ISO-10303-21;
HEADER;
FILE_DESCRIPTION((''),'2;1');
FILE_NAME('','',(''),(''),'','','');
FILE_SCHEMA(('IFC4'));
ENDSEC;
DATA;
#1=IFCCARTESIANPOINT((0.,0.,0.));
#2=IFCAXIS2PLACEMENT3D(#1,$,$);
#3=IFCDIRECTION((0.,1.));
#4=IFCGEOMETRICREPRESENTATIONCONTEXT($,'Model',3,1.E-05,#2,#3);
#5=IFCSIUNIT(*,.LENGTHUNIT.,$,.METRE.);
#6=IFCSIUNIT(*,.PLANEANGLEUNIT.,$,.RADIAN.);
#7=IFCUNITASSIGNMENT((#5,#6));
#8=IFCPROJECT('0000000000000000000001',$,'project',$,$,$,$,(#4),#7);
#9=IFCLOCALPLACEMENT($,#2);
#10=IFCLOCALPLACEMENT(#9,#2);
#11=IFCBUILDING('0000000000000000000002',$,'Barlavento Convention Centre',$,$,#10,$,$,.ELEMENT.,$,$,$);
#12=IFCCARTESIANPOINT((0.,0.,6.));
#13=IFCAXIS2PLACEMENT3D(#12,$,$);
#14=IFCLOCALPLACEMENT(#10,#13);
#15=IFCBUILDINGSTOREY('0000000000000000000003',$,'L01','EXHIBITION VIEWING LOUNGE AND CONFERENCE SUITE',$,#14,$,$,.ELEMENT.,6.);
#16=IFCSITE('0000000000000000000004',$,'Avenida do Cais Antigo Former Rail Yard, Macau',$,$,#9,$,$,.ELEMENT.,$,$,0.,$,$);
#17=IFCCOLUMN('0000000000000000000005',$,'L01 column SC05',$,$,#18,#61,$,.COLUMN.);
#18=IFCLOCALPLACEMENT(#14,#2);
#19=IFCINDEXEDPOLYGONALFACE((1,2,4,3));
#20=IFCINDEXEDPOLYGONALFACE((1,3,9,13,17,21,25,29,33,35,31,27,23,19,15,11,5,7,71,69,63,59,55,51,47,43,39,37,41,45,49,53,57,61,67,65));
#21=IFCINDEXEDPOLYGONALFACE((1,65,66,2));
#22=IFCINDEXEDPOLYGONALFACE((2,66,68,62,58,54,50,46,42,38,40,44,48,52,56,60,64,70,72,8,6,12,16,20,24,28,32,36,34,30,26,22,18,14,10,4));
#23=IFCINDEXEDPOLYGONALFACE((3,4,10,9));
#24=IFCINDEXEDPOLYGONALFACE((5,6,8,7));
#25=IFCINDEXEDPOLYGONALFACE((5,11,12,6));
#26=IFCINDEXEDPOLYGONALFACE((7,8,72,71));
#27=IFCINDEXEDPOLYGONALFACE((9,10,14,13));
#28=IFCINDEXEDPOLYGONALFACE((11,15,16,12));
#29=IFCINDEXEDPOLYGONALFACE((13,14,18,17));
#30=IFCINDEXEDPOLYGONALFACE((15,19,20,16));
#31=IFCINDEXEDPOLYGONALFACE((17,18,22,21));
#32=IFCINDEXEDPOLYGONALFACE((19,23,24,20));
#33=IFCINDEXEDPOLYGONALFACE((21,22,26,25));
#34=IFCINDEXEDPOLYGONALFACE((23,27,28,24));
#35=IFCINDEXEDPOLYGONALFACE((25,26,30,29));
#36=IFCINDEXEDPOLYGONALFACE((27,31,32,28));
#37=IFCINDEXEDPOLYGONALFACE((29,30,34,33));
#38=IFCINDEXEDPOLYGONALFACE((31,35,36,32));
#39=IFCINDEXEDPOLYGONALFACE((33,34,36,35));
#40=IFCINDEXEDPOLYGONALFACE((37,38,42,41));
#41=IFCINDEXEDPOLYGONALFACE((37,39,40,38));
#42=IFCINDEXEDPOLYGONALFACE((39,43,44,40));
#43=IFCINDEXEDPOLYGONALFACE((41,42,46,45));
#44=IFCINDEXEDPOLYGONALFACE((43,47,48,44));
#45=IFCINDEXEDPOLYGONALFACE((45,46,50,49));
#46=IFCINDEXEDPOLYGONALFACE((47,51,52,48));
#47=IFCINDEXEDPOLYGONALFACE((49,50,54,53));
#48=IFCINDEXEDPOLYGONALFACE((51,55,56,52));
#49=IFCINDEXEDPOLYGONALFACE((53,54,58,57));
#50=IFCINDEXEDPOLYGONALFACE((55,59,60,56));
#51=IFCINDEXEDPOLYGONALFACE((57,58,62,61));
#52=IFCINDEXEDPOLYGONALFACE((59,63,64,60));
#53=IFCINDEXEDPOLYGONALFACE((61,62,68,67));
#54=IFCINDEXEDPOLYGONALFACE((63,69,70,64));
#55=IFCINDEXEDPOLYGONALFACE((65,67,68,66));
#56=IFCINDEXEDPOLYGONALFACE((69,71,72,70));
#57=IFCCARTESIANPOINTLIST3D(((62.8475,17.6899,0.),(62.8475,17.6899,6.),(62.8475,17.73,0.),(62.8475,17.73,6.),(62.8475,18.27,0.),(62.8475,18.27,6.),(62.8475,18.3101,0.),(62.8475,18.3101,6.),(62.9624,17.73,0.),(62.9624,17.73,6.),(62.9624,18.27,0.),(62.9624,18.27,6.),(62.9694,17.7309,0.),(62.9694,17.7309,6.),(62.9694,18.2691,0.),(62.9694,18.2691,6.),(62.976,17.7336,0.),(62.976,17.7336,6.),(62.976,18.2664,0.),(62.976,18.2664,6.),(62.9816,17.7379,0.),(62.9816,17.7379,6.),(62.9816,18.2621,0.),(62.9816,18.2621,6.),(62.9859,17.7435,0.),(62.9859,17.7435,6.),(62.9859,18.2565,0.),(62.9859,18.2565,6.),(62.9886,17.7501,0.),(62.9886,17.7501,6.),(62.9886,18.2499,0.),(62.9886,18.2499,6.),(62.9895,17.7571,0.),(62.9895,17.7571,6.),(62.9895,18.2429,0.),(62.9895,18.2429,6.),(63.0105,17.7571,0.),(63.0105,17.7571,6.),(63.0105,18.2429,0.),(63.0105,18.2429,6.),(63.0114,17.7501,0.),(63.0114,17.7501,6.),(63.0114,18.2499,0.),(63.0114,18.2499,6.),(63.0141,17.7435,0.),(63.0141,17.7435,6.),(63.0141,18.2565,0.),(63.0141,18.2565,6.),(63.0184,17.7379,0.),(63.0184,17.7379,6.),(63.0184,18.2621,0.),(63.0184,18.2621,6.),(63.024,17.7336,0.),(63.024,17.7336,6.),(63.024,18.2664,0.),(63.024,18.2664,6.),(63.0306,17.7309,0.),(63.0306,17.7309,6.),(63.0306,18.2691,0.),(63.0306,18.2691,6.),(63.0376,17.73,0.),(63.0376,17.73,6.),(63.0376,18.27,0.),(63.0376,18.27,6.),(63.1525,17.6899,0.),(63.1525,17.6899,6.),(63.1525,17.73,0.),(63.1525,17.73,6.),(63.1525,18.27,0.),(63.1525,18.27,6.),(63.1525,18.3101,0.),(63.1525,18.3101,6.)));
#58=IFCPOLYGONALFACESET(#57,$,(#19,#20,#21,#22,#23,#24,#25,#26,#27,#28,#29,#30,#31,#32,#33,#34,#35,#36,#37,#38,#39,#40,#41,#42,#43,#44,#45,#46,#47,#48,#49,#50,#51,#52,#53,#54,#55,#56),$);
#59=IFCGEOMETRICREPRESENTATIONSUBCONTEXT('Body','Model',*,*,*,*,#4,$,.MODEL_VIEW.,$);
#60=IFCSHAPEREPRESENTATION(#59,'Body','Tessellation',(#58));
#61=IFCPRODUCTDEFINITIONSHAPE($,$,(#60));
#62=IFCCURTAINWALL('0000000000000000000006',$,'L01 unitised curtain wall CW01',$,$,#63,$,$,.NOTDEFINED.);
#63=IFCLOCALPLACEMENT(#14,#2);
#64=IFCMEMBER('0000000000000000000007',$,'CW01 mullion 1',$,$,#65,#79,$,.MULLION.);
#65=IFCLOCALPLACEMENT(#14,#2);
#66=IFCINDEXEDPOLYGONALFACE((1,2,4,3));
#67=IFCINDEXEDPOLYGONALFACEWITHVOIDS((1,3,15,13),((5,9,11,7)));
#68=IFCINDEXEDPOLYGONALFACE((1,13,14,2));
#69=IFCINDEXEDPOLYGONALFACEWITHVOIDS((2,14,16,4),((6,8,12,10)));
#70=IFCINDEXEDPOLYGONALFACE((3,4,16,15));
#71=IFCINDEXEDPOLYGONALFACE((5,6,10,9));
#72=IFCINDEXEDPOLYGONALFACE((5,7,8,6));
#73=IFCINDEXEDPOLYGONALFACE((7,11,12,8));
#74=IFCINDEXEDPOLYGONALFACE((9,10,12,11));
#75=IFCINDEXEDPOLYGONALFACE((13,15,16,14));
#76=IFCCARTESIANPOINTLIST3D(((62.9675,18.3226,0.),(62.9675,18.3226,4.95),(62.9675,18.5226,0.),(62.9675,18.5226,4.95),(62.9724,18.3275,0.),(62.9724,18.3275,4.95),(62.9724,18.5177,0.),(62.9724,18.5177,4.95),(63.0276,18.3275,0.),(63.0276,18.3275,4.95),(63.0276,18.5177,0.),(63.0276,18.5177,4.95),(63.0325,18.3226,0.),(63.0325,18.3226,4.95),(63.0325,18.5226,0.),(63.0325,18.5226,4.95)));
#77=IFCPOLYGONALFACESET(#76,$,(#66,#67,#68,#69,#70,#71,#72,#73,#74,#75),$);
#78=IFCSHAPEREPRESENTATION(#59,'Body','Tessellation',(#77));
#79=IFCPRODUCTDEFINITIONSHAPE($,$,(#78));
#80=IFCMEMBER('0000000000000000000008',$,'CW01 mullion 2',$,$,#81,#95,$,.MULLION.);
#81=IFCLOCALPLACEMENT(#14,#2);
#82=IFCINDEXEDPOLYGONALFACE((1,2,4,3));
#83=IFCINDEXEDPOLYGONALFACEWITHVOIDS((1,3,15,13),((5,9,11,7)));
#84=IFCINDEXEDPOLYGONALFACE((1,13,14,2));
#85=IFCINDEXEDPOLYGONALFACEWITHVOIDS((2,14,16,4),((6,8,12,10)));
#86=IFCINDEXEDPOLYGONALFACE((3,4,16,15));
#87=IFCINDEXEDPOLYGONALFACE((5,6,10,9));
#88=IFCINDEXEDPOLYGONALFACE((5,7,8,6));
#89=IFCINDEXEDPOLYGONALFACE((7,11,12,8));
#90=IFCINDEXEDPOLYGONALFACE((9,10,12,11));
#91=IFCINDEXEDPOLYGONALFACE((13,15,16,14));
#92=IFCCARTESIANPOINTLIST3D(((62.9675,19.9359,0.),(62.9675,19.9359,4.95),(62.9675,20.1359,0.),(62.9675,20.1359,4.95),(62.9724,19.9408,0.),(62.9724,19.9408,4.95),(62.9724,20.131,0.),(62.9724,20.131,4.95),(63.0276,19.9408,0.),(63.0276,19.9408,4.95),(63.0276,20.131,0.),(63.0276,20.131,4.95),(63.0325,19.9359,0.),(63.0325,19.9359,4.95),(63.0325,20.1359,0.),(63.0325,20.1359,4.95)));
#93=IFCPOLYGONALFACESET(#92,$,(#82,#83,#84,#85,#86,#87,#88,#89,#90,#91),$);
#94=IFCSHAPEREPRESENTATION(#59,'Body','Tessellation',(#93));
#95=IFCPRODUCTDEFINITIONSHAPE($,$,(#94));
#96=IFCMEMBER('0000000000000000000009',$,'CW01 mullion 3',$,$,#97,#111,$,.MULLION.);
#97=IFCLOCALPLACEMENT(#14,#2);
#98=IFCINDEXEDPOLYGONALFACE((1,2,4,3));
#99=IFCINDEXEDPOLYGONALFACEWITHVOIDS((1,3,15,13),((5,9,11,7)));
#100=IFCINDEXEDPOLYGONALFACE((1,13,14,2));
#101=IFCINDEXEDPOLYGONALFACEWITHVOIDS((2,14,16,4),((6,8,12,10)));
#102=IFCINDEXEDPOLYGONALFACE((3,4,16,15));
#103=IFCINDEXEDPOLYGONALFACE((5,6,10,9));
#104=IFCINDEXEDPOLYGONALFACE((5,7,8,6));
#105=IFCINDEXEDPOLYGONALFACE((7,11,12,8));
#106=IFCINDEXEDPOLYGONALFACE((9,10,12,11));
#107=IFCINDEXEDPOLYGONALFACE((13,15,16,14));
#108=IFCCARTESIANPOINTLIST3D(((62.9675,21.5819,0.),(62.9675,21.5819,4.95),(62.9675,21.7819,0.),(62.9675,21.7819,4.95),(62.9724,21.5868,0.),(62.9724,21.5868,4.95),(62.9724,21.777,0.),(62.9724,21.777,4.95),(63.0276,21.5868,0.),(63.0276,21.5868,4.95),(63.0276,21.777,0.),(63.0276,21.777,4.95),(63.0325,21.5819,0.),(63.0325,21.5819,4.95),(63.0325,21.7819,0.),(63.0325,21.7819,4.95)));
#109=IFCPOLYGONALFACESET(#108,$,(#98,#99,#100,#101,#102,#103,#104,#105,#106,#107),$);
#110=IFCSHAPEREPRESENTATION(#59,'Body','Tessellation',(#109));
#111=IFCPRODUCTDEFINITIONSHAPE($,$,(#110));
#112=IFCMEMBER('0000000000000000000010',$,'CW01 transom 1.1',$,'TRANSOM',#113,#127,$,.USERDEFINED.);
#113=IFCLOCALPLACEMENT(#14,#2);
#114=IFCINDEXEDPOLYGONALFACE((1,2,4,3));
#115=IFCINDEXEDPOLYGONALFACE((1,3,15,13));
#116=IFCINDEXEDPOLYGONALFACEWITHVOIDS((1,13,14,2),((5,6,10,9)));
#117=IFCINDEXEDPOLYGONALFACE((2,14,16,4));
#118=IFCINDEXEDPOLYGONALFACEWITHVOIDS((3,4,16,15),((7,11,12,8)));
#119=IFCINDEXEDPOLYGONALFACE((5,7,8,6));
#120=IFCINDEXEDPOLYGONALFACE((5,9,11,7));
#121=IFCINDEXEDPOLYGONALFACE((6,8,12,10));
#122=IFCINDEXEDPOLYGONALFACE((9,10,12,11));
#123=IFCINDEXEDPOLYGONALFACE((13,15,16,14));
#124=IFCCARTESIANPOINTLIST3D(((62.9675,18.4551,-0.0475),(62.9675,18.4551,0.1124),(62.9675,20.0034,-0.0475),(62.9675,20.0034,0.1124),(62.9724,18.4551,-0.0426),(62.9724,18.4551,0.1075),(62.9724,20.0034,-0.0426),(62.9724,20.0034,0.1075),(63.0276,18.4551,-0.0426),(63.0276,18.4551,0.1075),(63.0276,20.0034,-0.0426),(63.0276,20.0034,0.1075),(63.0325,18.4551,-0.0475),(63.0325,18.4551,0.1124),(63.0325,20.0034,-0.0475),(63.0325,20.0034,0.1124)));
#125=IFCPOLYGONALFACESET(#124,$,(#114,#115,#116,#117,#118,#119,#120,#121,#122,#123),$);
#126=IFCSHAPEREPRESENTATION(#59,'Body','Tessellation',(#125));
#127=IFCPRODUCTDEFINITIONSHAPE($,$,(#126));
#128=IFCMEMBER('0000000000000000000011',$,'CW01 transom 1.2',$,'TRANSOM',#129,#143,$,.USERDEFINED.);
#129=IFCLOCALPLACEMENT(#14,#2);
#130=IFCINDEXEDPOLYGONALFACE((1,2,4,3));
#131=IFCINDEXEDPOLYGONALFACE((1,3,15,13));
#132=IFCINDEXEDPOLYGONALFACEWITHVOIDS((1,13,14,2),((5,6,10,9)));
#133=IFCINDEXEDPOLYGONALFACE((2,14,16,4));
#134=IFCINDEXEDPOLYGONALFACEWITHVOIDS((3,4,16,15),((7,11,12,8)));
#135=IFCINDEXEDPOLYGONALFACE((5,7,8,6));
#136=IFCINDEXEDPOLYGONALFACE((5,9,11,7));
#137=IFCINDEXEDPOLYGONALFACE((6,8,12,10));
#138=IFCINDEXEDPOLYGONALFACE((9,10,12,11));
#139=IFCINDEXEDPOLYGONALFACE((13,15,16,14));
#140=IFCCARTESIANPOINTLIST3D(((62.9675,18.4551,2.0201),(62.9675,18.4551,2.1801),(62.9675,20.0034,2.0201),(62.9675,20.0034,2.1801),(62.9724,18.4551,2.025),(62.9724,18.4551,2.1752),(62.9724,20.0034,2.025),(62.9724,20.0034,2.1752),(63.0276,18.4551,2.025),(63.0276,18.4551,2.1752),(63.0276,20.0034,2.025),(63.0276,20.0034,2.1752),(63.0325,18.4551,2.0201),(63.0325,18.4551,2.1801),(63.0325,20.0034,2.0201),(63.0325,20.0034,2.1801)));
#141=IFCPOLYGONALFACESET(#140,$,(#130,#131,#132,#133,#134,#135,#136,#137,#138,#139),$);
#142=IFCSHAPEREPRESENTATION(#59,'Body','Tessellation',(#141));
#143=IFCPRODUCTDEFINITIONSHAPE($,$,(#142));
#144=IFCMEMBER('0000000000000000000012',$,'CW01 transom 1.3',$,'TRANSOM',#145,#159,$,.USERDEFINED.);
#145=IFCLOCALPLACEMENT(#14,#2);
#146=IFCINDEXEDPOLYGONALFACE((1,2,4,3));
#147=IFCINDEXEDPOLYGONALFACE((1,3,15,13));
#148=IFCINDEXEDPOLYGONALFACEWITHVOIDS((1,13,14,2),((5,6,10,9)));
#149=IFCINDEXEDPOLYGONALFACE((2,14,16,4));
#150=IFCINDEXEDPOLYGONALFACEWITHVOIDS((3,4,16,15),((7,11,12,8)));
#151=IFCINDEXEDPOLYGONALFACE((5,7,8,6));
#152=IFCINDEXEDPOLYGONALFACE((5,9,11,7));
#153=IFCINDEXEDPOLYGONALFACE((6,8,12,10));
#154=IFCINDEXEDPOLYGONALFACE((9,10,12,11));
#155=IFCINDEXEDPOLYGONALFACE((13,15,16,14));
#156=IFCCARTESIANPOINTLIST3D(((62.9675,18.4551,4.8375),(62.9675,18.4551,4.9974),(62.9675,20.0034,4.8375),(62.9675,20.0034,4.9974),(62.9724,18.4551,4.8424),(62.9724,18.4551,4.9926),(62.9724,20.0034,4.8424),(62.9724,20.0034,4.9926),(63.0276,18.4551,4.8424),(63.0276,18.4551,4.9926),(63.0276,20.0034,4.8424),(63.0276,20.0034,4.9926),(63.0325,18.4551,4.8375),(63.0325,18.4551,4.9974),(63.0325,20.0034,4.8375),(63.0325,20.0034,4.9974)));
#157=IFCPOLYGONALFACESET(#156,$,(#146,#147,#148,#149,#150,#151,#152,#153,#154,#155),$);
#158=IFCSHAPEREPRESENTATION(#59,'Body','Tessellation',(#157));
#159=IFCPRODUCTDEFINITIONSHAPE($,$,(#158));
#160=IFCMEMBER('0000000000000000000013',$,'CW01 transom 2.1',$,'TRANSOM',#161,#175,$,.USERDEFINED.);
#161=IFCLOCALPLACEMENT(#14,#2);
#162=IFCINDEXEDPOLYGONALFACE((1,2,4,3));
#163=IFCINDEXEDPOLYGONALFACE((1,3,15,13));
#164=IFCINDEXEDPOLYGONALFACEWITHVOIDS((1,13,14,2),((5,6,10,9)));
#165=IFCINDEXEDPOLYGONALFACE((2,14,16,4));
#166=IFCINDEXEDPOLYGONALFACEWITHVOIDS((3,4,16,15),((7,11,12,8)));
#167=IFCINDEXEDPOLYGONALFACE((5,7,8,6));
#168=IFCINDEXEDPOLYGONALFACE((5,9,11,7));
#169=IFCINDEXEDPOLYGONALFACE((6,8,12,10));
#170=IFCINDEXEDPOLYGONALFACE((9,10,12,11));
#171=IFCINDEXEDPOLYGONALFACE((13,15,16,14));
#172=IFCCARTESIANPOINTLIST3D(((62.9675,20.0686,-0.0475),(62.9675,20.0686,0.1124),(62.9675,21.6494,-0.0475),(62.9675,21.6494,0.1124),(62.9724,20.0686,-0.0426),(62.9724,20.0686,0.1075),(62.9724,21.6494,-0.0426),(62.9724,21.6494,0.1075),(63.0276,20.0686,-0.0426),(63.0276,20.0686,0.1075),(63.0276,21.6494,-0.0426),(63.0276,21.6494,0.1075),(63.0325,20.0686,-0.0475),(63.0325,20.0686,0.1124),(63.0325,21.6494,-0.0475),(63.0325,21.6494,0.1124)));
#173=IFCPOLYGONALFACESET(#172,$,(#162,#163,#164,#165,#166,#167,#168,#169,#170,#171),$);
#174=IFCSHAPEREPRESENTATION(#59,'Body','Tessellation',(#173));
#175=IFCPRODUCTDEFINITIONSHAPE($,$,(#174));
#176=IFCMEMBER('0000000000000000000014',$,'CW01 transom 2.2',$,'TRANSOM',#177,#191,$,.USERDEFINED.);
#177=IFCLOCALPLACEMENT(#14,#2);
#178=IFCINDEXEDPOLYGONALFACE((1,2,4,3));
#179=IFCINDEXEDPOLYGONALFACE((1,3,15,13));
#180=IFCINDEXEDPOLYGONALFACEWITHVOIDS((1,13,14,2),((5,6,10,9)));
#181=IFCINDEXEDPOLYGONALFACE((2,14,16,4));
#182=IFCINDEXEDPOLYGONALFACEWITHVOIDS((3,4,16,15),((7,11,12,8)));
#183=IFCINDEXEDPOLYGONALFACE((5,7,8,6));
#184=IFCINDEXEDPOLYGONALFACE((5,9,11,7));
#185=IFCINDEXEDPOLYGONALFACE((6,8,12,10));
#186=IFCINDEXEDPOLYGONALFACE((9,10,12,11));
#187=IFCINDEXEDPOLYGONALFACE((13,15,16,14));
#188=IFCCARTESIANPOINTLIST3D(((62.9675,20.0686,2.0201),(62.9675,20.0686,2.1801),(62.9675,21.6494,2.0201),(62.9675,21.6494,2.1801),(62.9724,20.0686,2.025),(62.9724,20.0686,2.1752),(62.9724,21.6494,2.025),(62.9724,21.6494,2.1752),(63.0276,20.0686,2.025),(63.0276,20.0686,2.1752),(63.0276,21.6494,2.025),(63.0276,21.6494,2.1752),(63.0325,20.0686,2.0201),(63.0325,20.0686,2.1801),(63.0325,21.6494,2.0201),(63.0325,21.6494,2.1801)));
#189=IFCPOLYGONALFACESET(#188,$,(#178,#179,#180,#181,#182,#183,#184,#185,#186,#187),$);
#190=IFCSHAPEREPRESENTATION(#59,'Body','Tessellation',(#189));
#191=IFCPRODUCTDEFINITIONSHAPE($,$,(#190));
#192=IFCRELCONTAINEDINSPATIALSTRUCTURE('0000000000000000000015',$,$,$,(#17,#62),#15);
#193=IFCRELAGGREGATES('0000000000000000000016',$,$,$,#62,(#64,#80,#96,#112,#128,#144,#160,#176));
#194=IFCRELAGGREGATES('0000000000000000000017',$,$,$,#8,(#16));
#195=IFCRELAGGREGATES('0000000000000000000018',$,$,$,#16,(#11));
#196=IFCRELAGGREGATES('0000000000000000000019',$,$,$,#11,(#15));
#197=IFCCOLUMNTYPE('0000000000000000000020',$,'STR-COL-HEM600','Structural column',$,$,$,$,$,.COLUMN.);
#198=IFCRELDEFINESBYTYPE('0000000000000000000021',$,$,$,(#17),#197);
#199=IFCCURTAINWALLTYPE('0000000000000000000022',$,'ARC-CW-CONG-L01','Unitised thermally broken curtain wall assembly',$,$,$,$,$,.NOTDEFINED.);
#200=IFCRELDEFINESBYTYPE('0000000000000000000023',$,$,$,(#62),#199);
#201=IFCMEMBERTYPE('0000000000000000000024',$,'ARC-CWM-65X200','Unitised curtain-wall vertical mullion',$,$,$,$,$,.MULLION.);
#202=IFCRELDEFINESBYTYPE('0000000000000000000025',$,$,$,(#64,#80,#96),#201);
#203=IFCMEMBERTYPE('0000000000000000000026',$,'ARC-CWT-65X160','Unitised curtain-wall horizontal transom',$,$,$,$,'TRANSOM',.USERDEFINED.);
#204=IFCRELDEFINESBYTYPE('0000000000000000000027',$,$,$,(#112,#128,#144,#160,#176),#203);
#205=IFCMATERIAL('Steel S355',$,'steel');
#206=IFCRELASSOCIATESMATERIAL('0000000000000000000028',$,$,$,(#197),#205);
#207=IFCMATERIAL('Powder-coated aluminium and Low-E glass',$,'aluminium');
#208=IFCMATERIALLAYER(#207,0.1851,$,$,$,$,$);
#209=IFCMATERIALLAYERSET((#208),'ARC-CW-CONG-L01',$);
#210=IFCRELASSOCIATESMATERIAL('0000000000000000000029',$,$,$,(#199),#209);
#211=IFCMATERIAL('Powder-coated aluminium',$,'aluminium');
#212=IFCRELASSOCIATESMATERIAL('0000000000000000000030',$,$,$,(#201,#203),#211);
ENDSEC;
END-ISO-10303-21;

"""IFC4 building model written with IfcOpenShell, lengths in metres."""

from ifc_helpers import new_model, si_unit, direction, frame, origin, origin_2d, place, context, subcontext, project, spatial, hollow_rectangle, i_section, extrude, material, layer, layer_set, material_profile, profile_set, type_object, element, aggregate, save


model = new_model("IFC4")

# Units and contexts
model_context = context("Model", 3, precision=1e-05, world=origin(), true_north=direction((0.0, 1.0)))
body_context = subcontext(model_context, "Body", "Model", "MODEL_VIEW")
ifc_project = project(units=[si_unit("LENGTHUNIT", "METRE"), si_unit("PLANEANGLEUNIT", "RADIAN")], contexts=[model_context])

# Site, building, storey
site_placement = place(None, origin())
site = spatial("IfcSite", under=ifc_project, at=site_placement, Name="Avenida do Cais Antigo Former Rail Yard, Macau", CompositionType="ELEMENT", RefElevation=0.0)
building_placement = place(site_placement, origin())
building = spatial("IfcBuilding", under=site, at=building_placement, Name="Barlavento Convention Centre", CompositionType="ELEMENT")
storey_placement = place(building_placement, frame((0.0, 0.0, 6.0)))
storey = spatial("IfcBuildingStorey", under=building, at=storey_placement, Name="L01", Description="EXHIBITION VIEWING LOUNGE AND CONFERENCE SUITE", CompositionType="ELEMENT", Elevation=6.0)

# Column
ifc_material_1 = material(Name="Steel S355", Category="steel")
ifc_material_profile_1 = material_profile(ifc_material_1, i_section(OverallWidth=0.3049, OverallDepth=0.6201, WebThickness=0.021, FlangeThickness=0.04, FilletRadius=0.0271, at=origin_2d()), Name="HEM 600")
ifc_profile_set_1 = profile_set([ifc_material_profile_1], Name="Steel S355")
column_type = type_object("IfcColumnType", Name="STR-COL-HEM600", Description="Structural column", PredefinedType="COLUMN", material=ifc_profile_set_1)
column_placement = place(storey_placement, frame((63.0, 18.0, 0.0), z_axis=(0.0, 0.0, 1.0), x_axis=(1.0, 0.0, 0.0)))
element("IfcColumn", 1, at=column_placement, inside=storey, type_object=column_type, Name="L01 column SC05", PredefinedType="COLUMN", context=body_context, shape_type="SweptSolid", body=[
    extrude(i_section(OverallWidth=0.3049, OverallDepth=0.6201, WebThickness=0.021, FlangeThickness=0.04, FilletRadius=0.0271, at=origin_2d()), origin(), (0.0, 0.0, 1.0), 6.0),
])

# Curtain wall, members
ifc_material_2 = material(Name="Powder-coated aluminium and Low-E glass", Category="aluminium")
ifc_layer_1 = layer(ifc_material_2, 0.1851)
ifc_layer_set_1 = layer_set([ifc_layer_1], Name="ARC-CW-CONG-L01")
curtain_wall_type = type_object("IfcCurtainWallType", Name="ARC-CW-CONG-L01", Description="Unitised thermally broken curtain wall assembly", PredefinedType="NOTDEFINED", material=ifc_layer_set_1)
curtain_wall_placement = place(storey_placement, origin())
curtain_wall = element("IfcCurtainWall", 2, at=curtain_wall_placement, inside=storey, type_object=curtain_wall_type, Name="L01 unitised curtain wall CW01", PredefinedType="NOTDEFINED")
ifc_material_3 = material(Name="Powder-coated aluminium", Category="aluminium")
ifc_material_profile_2 = material_profile(ifc_material_3, hollow_rectangle(XDim=0.0649, YDim=0.2, WallThickness=0.0049, at=origin_2d()), Name="AL-MULL 65x200x5")
ifc_profile_set_2 = profile_set([ifc_material_profile_2], Name="Powder-coated aluminium")
member_type_1 = type_object("IfcMemberType", Name="ARC-CWM-65X200", Description="Unitised curtain-wall vertical mullion", PredefinedType="MULLION", material=ifc_profile_set_2)
member_1_placement = place(storey_placement, frame((63.0, 18.4226, 0.0), z_axis=(0.0, 0.0, 1.0), x_axis=(-1.0, 0.0, 0.0)))
member_1 = element("IfcMember", 3, at=member_1_placement, type_object=member_type_1, Name="CW01 mullion 1", PredefinedType="MULLION", context=body_context, shape_type="SweptSolid", body=[
    extrude(hollow_rectangle(XDim=0.0649, YDim=0.2, WallThickness=0.0049, at=origin_2d()), origin(), (0.0, 0.0, 1.0), 4.95),
])
member_2_placement = place(storey_placement, frame((63.0, 20.0359, 0.0), z_axis=(0.0, 0.0, 1.0), x_axis=(-1.0, 0.0, 0.0)))
member_2 = element("IfcMember", 4, at=member_2_placement, type_object=member_type_1, Name="CW01 mullion 2", PredefinedType="MULLION", context=body_context, shape_type="SweptSolid", body=[
    extrude(hollow_rectangle(XDim=0.0649, YDim=0.2, WallThickness=0.0049, at=origin_2d()), origin(), (0.0, 0.0, 1.0), 4.95),
])
member_3_placement = place(storey_placement, frame((63.0, 21.6819, 0.0), z_axis=(0.0, 0.0, 1.0), x_axis=(-1.0, 0.0, 0.0)))
member_3 = element("IfcMember", 5, at=member_3_placement, type_object=member_type_1, Name="CW01 mullion 3", PredefinedType="MULLION", context=body_context, shape_type="SweptSolid", body=[
    extrude(hollow_rectangle(XDim=0.0649, YDim=0.2, WallThickness=0.0049, at=origin_2d()), origin(), (0.0, 0.0, 1.0), 4.95),
])
ifc_material_profile_3 = material_profile(ifc_material_3, hollow_rectangle(XDim=0.0649, YDim=0.1599, WallThickness=0.0049, at=origin_2d()), Name="AL-TRAN 65x160x5")
ifc_profile_set_3 = profile_set([ifc_material_profile_3], Name="Powder-coated aluminium")
member_type_2 = type_object("IfcMemberType", Name="ARC-CWT-65X160", Description="Unitised curtain-wall horizontal transom", ElementType="TRANSOM", PredefinedType="USERDEFINED", material=ifc_profile_set_3)
member_4_placement = place(storey_placement, frame((63.0, 18.4551, 0.0325), z_axis=(0.0, 1.0, 0.0), x_axis=(-1.0, 0.0, 0.0)))
member_4 = element("IfcMember", 6, at=member_4_placement, type_object=member_type_2, Name="CW01 transom 1.1", ObjectType="TRANSOM", PredefinedType="USERDEFINED", context=body_context, shape_type="SweptSolid", body=[
    extrude(hollow_rectangle(XDim=0.0649, YDim=0.1599, WallThickness=0.0049, at=origin_2d()), origin(), (0.0, 0.0, 1.0), 1.5483),
])
member_5_placement = place(storey_placement, frame((63.0, 18.4551, 2.1001), z_axis=(0.0, 1.0, 0.0), x_axis=(-1.0, 0.0, 0.0)))
member_5 = element("IfcMember", 7, at=member_5_placement, type_object=member_type_2, Name="CW01 transom 1.2", ObjectType="TRANSOM", PredefinedType="USERDEFINED", context=body_context, shape_type="SweptSolid", body=[
    extrude(hollow_rectangle(XDim=0.0649, YDim=0.1599, WallThickness=0.0049, at=origin_2d()), origin(), (0.0, 0.0, 1.0), 1.5483),
])
member_6_placement = place(storey_placement, frame((63.0, 18.4551, 4.9175), z_axis=(0.0, 1.0, 0.0), x_axis=(-1.0, 0.0, 0.0)))
member_6 = element("IfcMember", 8, at=member_6_placement, type_object=member_type_2, Name="CW01 transom 1.3", ObjectType="TRANSOM", PredefinedType="USERDEFINED", context=body_context, shape_type="SweptSolid", body=[
    extrude(hollow_rectangle(XDim=0.0649, YDim=0.1599, WallThickness=0.0049, at=origin_2d()), origin(), (0.0, 0.0, 1.0), 1.5483),
])
member_7_placement = place(storey_placement, frame((63.0, 20.0686, 0.0325), z_axis=(0.0, 1.0, 0.0), x_axis=(-1.0, 0.0, 0.0)))
member_7 = element("IfcMember", 9, at=member_7_placement, type_object=member_type_2, Name="CW01 transom 2.1", ObjectType="TRANSOM", PredefinedType="USERDEFINED", context=body_context, shape_type="SweptSolid", body=[
    extrude(hollow_rectangle(XDim=0.0649, YDim=0.1599, WallThickness=0.0049, at=origin_2d()), origin(), (0.0, 0.0, 1.0), 1.5808),
])
member_8_placement = place(storey_placement, frame((63.0, 20.0686, 2.1001), z_axis=(0.0, 1.0, 0.0), x_axis=(-1.0, 0.0, 0.0)))
member_8 = element("IfcMember", 10, at=member_8_placement, type_object=member_type_2, Name="CW01 transom 2.2", ObjectType="TRANSOM", PredefinedType="USERDEFINED", context=body_context, shape_type="SweptSolid", body=[
    extrude(hollow_rectangle(XDim=0.0649, YDim=0.1599, WallThickness=0.0049, at=origin_2d()), origin(), (0.0, 0.0, 1.0), 1.5808),
])

aggregate(curtain_wall, [member_1, member_2, member_3, member_4, member_5, member_6, member_7, member_8])

save(model, "model.ifc")
